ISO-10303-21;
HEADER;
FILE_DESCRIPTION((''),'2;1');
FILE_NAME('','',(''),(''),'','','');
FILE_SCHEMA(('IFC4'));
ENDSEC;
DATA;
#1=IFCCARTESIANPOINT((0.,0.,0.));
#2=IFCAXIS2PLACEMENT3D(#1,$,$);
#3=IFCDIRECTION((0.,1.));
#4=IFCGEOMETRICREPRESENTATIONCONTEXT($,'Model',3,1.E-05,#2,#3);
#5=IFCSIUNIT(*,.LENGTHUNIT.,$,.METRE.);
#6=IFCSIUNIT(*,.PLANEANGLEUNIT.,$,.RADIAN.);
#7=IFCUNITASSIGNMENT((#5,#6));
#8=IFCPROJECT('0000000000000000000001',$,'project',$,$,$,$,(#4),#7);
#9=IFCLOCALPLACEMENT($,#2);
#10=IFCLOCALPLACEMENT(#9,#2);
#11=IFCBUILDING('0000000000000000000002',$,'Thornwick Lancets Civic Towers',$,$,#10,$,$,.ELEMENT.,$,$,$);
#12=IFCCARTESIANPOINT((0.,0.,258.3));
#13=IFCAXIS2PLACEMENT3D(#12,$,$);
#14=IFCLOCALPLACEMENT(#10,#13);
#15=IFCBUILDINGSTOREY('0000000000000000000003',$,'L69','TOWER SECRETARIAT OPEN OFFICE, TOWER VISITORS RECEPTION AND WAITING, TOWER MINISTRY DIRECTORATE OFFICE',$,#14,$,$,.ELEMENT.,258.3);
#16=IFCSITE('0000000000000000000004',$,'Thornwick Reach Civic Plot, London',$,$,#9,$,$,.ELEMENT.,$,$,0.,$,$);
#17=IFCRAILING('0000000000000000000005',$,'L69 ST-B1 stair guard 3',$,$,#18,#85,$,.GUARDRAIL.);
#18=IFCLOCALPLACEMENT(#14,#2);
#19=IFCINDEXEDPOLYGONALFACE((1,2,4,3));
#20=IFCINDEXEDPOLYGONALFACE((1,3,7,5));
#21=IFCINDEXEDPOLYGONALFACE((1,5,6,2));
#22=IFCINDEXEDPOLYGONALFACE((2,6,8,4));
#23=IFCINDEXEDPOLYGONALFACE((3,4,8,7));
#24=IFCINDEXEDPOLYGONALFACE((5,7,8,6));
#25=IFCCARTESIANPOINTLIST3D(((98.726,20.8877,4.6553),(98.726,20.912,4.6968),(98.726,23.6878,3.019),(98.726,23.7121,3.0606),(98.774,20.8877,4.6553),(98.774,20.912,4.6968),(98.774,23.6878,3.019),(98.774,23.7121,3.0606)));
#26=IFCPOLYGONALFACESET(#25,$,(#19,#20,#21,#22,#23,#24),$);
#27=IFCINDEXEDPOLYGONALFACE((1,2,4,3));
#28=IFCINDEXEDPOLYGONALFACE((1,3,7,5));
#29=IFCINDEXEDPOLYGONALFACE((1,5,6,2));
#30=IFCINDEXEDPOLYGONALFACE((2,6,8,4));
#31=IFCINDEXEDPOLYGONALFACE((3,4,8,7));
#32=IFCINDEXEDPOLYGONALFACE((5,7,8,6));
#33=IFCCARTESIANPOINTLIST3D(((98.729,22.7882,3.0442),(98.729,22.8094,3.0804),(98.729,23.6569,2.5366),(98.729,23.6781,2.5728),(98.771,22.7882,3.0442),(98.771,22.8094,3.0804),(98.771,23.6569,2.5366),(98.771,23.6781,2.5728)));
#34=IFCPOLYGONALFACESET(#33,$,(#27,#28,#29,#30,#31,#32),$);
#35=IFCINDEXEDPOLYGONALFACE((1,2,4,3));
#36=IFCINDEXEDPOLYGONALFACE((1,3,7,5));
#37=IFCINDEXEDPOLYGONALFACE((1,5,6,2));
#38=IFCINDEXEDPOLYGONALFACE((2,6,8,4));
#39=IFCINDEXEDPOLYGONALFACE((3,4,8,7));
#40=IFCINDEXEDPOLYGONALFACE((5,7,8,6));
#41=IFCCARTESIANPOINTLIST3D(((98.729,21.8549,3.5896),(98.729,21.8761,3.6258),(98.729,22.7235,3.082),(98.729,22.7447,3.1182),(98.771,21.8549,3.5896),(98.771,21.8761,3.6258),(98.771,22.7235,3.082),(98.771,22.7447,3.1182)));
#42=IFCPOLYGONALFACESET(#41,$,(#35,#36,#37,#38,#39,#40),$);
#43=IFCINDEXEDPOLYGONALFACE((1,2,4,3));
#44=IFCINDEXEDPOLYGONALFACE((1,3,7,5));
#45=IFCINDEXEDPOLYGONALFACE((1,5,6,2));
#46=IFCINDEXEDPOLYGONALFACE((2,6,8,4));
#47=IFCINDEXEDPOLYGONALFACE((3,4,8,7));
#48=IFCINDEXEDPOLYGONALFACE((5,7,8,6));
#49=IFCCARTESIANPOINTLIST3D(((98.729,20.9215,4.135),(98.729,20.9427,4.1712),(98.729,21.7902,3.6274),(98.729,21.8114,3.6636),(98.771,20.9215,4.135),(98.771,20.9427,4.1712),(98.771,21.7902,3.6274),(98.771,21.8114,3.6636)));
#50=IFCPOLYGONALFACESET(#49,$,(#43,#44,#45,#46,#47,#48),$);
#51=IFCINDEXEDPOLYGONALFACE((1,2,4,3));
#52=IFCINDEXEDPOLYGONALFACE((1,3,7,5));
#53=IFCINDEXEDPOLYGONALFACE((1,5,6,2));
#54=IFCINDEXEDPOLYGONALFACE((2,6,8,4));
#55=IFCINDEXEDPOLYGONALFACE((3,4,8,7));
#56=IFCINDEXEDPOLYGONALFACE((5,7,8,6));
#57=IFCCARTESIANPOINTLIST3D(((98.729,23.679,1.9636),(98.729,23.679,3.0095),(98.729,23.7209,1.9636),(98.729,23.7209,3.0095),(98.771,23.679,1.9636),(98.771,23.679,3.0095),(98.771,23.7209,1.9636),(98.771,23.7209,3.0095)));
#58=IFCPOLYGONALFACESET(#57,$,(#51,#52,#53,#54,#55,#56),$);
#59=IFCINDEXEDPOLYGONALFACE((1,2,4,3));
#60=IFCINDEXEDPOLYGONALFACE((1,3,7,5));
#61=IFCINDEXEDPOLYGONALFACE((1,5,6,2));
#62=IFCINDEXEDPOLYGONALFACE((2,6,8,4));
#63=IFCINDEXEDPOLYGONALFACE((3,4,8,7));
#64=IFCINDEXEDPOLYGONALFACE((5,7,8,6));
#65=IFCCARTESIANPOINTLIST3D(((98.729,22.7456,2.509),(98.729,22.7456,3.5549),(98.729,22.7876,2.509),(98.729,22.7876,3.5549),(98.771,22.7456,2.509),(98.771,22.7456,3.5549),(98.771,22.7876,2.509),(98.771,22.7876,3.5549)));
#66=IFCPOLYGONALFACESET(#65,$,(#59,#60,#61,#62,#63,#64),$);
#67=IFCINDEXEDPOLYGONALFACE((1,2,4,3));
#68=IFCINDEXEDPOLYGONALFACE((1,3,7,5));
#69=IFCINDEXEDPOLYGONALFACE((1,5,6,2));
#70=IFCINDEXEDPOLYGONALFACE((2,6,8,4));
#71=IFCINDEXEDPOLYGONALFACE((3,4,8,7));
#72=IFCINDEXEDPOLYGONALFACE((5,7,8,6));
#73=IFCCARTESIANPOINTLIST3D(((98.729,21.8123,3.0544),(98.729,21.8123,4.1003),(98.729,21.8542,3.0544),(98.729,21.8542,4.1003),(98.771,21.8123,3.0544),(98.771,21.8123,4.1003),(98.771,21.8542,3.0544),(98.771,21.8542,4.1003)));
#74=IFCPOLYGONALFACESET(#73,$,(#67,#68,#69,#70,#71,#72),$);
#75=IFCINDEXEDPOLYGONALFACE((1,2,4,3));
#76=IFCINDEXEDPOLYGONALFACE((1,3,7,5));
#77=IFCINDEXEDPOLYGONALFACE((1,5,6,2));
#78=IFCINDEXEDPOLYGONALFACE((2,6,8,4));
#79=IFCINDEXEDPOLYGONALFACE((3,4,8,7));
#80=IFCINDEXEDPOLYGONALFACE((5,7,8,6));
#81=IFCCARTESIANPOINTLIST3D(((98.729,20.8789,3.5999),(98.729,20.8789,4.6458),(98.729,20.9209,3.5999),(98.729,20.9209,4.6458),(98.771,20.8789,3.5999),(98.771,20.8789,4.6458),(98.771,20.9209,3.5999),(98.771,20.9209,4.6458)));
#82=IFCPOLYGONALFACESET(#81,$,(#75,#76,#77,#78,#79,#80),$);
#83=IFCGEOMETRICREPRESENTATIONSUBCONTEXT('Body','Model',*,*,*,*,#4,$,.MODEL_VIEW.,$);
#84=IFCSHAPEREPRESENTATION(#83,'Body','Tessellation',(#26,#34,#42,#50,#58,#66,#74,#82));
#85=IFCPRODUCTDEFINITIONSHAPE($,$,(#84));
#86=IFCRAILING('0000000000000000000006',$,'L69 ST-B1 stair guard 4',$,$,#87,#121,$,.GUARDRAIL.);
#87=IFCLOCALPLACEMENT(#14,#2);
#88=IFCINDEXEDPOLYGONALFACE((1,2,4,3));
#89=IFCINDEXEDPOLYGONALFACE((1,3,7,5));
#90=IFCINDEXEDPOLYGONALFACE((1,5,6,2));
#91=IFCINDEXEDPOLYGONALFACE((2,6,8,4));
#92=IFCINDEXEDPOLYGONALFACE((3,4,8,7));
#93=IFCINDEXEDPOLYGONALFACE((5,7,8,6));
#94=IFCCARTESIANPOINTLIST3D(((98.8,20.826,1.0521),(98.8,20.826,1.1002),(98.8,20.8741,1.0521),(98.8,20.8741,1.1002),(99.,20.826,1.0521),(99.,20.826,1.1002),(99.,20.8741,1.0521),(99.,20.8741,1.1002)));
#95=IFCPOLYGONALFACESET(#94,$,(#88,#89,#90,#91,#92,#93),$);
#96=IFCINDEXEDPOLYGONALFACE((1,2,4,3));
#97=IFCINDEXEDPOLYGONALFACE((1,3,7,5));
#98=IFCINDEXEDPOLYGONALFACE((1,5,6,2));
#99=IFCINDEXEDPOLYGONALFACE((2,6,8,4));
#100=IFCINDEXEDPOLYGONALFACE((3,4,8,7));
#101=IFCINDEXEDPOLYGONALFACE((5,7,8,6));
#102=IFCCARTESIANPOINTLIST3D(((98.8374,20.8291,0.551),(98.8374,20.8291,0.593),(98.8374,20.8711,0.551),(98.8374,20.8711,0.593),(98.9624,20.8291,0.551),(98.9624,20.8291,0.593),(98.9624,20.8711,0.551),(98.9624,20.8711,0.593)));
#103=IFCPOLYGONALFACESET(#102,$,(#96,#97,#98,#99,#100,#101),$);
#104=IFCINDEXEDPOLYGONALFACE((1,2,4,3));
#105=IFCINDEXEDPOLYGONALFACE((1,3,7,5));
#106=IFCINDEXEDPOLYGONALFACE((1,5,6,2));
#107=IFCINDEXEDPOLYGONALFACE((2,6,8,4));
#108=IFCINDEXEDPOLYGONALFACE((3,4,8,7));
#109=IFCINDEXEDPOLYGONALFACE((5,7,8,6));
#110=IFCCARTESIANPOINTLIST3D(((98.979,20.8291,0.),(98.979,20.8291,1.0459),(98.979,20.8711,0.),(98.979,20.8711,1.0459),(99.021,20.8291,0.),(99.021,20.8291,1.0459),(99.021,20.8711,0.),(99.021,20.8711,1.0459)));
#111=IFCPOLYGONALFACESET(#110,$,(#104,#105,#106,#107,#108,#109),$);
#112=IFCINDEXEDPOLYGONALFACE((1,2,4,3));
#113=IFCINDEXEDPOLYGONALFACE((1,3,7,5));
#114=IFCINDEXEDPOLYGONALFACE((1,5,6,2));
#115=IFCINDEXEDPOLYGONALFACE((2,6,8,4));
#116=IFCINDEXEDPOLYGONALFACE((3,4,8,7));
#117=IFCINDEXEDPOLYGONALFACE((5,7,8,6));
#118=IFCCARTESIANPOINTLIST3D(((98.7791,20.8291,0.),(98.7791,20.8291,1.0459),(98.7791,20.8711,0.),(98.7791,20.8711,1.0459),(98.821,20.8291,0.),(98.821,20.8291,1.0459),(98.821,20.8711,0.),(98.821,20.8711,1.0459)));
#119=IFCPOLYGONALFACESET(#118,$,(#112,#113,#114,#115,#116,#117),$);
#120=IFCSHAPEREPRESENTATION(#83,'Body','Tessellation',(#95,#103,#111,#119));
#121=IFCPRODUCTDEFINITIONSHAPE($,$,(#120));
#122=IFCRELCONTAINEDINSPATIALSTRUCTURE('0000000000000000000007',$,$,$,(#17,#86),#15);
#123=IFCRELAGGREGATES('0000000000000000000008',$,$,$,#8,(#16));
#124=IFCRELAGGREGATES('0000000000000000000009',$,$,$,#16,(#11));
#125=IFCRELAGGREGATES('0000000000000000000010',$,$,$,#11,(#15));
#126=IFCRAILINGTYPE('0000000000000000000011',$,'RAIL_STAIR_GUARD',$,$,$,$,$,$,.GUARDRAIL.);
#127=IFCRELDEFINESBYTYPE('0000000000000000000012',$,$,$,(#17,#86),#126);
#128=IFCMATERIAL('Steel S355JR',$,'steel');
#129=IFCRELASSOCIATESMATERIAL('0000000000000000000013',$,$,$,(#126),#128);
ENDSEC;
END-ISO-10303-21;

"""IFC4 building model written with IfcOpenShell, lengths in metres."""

from ifc_helpers import new_model, si_unit, direction, frame, origin, origin_2d, place, context, subcontext, project, spatial, rectangle, extrude, material, type_object, element, save


model = new_model("IFC4")

# Units and contexts
model_context = context("Model", 3, precision=1e-05, world=origin(), true_north=direction((0.0, 1.0)))
body_context = subcontext(model_context, "Body", "Model", "MODEL_VIEW")
ifc_project = project(units=[si_unit("LENGTHUNIT", "METRE"), si_unit("PLANEANGLEUNIT", "RADIAN")], contexts=[model_context])

# Site, building, storey
site_placement = place(None, origin())
site = spatial("IfcSite", under=ifc_project, at=site_placement, Name="Thornwick Reach Civic Plot, London", CompositionType="ELEMENT", RefElevation=0.0)
building_placement = place(site_placement, origin())
building = spatial("IfcBuilding", under=site, at=building_placement, Name="Thornwick Lancets Civic Towers", CompositionType="ELEMENT")
storey_placement = place(building_placement, frame((0.0, 0.0, 258.3)))
storey = spatial("IfcBuildingStorey", under=building, at=storey_placement, Name="L69", Description="TOWER SECRETARIAT OPEN OFFICE, TOWER VISITORS RECEPTION AND WAITING, TOWER MINISTRY DIRECTORATE OFFICE", CompositionType="ELEMENT", Elevation=258.3)

# Shared definitions
ifc_material_1 = material(Name="Steel S355JR", Category="steel")

# Railings
railing_type_1 = type_object("IfcRailingType", Name="RAIL_STAIR_GUARD", PredefinedType="GUARDRAIL", material=ifc_material_1)
railing_1_placement = place(storey_placement, frame((98.75, 23.7, 1.9636)))
element("IfcRailing", 1, at=railing_1_placement, inside=storey, type_object=railing_type_1, Name="L69 ST-B1 stair guard 3", PredefinedType="GUARDRAIL", context=body_context, shape_type="SweptSolid", body=[
    extrude(rectangle(XDim=0.0481, YDim=0.0481, at=origin_2d()), frame((0.0, 0.0, 1.0762), z_axis=(0.0, -0.863394, 0.504531), x_axis=(1.0, 0.0, 0.0)), (0.0, 0.0, 1.0), 3.2432),
    extrude(rectangle(XDim=0.042, YDim=0.042, at=origin_2d()), frame((0.0, -0.0325, 0.5911), z_axis=(0.0, -0.863394, 0.504531), x_axis=(1.0, 0.0, 0.0)), (0.0, 0.0, 1.0), 1.0061),
    extrude(rectangle(XDim=0.042, YDim=0.042, at=origin_2d()), frame((0.0, -0.9658, 1.1365), z_axis=(0.0, -0.863394, 0.504531), x_axis=(1.0, 0.0, 0.0)), (0.0, 0.0, 1.0), 1.0061),
    extrude(rectangle(XDim=0.042, YDim=0.042, at=origin_2d()), frame((0.0, -1.8992, 1.6819), z_axis=(0.0, -0.863394, 0.504531), x_axis=(1.0, 0.0, 0.0)), (0.0, 0.0, 1.0), 1.0061),
    extrude(rectangle(XDim=0.042, YDim=0.042, at=origin_2d()), origin(), (0.0, 0.0, 1.0), 1.0459),
    extrude(rectangle(XDim=0.042, YDim=0.042, at=origin_2d()), frame((0.0, -0.9333, 0.5454)), (0.0, 0.0, 1.0), 1.0459),
    extrude(rectangle(XDim=0.042, YDim=0.042, at=origin_2d()), frame((0.0, -1.8667, 1.0908)), (0.0, 0.0, 1.0), 1.0459),
    extrude(rectangle(XDim=0.042, YDim=0.042, at=origin_2d()), frame((0.0, -2.8, 1.6362)), (0.0, 0.0, 1.0), 1.0459),
])
railing_2_placement = place(storey_placement, frame((99.0, 20.8501, 0.0)))
element("IfcRailing", 2, at=railing_2_placement, inside=storey, type_object=railing_type_1, Name="L69 ST-B1 stair guard 4", PredefinedType="GUARDRAIL", context=body_context, shape_type="SweptSolid", body=[
    extrude(rectangle(XDim=0.0481, YDim=0.0481, at=origin_2d()), frame((0.0, 0.0, 1.0762), z_axis=(-1.0, 0.0, 0.0), x_axis=(0.0, -1.0, 0.0)), (0.0, 0.0, 1.0), 0.2),
    extrude(rectangle(XDim=0.042, YDim=0.042, at=origin_2d()), frame((-0.0376, 0.0, 0.572), z_axis=(-1.0, 0.0, 0.0), x_axis=(0.0, -1.0, 0.0)), (0.0, 0.0, 1.0), 0.125),
    extrude(rectangle(XDim=0.042, YDim=0.042, at=origin_2d()), origin(), (0.0, 0.0, 1.0), 1.0459),
    extrude(rectangle(XDim=0.042, YDim=0.042, at=origin_2d()), frame((-0.2, 0.0, 0.0)), (0.0, 0.0, 1.0), 1.0459),
])

save(model, "model.ifc")
